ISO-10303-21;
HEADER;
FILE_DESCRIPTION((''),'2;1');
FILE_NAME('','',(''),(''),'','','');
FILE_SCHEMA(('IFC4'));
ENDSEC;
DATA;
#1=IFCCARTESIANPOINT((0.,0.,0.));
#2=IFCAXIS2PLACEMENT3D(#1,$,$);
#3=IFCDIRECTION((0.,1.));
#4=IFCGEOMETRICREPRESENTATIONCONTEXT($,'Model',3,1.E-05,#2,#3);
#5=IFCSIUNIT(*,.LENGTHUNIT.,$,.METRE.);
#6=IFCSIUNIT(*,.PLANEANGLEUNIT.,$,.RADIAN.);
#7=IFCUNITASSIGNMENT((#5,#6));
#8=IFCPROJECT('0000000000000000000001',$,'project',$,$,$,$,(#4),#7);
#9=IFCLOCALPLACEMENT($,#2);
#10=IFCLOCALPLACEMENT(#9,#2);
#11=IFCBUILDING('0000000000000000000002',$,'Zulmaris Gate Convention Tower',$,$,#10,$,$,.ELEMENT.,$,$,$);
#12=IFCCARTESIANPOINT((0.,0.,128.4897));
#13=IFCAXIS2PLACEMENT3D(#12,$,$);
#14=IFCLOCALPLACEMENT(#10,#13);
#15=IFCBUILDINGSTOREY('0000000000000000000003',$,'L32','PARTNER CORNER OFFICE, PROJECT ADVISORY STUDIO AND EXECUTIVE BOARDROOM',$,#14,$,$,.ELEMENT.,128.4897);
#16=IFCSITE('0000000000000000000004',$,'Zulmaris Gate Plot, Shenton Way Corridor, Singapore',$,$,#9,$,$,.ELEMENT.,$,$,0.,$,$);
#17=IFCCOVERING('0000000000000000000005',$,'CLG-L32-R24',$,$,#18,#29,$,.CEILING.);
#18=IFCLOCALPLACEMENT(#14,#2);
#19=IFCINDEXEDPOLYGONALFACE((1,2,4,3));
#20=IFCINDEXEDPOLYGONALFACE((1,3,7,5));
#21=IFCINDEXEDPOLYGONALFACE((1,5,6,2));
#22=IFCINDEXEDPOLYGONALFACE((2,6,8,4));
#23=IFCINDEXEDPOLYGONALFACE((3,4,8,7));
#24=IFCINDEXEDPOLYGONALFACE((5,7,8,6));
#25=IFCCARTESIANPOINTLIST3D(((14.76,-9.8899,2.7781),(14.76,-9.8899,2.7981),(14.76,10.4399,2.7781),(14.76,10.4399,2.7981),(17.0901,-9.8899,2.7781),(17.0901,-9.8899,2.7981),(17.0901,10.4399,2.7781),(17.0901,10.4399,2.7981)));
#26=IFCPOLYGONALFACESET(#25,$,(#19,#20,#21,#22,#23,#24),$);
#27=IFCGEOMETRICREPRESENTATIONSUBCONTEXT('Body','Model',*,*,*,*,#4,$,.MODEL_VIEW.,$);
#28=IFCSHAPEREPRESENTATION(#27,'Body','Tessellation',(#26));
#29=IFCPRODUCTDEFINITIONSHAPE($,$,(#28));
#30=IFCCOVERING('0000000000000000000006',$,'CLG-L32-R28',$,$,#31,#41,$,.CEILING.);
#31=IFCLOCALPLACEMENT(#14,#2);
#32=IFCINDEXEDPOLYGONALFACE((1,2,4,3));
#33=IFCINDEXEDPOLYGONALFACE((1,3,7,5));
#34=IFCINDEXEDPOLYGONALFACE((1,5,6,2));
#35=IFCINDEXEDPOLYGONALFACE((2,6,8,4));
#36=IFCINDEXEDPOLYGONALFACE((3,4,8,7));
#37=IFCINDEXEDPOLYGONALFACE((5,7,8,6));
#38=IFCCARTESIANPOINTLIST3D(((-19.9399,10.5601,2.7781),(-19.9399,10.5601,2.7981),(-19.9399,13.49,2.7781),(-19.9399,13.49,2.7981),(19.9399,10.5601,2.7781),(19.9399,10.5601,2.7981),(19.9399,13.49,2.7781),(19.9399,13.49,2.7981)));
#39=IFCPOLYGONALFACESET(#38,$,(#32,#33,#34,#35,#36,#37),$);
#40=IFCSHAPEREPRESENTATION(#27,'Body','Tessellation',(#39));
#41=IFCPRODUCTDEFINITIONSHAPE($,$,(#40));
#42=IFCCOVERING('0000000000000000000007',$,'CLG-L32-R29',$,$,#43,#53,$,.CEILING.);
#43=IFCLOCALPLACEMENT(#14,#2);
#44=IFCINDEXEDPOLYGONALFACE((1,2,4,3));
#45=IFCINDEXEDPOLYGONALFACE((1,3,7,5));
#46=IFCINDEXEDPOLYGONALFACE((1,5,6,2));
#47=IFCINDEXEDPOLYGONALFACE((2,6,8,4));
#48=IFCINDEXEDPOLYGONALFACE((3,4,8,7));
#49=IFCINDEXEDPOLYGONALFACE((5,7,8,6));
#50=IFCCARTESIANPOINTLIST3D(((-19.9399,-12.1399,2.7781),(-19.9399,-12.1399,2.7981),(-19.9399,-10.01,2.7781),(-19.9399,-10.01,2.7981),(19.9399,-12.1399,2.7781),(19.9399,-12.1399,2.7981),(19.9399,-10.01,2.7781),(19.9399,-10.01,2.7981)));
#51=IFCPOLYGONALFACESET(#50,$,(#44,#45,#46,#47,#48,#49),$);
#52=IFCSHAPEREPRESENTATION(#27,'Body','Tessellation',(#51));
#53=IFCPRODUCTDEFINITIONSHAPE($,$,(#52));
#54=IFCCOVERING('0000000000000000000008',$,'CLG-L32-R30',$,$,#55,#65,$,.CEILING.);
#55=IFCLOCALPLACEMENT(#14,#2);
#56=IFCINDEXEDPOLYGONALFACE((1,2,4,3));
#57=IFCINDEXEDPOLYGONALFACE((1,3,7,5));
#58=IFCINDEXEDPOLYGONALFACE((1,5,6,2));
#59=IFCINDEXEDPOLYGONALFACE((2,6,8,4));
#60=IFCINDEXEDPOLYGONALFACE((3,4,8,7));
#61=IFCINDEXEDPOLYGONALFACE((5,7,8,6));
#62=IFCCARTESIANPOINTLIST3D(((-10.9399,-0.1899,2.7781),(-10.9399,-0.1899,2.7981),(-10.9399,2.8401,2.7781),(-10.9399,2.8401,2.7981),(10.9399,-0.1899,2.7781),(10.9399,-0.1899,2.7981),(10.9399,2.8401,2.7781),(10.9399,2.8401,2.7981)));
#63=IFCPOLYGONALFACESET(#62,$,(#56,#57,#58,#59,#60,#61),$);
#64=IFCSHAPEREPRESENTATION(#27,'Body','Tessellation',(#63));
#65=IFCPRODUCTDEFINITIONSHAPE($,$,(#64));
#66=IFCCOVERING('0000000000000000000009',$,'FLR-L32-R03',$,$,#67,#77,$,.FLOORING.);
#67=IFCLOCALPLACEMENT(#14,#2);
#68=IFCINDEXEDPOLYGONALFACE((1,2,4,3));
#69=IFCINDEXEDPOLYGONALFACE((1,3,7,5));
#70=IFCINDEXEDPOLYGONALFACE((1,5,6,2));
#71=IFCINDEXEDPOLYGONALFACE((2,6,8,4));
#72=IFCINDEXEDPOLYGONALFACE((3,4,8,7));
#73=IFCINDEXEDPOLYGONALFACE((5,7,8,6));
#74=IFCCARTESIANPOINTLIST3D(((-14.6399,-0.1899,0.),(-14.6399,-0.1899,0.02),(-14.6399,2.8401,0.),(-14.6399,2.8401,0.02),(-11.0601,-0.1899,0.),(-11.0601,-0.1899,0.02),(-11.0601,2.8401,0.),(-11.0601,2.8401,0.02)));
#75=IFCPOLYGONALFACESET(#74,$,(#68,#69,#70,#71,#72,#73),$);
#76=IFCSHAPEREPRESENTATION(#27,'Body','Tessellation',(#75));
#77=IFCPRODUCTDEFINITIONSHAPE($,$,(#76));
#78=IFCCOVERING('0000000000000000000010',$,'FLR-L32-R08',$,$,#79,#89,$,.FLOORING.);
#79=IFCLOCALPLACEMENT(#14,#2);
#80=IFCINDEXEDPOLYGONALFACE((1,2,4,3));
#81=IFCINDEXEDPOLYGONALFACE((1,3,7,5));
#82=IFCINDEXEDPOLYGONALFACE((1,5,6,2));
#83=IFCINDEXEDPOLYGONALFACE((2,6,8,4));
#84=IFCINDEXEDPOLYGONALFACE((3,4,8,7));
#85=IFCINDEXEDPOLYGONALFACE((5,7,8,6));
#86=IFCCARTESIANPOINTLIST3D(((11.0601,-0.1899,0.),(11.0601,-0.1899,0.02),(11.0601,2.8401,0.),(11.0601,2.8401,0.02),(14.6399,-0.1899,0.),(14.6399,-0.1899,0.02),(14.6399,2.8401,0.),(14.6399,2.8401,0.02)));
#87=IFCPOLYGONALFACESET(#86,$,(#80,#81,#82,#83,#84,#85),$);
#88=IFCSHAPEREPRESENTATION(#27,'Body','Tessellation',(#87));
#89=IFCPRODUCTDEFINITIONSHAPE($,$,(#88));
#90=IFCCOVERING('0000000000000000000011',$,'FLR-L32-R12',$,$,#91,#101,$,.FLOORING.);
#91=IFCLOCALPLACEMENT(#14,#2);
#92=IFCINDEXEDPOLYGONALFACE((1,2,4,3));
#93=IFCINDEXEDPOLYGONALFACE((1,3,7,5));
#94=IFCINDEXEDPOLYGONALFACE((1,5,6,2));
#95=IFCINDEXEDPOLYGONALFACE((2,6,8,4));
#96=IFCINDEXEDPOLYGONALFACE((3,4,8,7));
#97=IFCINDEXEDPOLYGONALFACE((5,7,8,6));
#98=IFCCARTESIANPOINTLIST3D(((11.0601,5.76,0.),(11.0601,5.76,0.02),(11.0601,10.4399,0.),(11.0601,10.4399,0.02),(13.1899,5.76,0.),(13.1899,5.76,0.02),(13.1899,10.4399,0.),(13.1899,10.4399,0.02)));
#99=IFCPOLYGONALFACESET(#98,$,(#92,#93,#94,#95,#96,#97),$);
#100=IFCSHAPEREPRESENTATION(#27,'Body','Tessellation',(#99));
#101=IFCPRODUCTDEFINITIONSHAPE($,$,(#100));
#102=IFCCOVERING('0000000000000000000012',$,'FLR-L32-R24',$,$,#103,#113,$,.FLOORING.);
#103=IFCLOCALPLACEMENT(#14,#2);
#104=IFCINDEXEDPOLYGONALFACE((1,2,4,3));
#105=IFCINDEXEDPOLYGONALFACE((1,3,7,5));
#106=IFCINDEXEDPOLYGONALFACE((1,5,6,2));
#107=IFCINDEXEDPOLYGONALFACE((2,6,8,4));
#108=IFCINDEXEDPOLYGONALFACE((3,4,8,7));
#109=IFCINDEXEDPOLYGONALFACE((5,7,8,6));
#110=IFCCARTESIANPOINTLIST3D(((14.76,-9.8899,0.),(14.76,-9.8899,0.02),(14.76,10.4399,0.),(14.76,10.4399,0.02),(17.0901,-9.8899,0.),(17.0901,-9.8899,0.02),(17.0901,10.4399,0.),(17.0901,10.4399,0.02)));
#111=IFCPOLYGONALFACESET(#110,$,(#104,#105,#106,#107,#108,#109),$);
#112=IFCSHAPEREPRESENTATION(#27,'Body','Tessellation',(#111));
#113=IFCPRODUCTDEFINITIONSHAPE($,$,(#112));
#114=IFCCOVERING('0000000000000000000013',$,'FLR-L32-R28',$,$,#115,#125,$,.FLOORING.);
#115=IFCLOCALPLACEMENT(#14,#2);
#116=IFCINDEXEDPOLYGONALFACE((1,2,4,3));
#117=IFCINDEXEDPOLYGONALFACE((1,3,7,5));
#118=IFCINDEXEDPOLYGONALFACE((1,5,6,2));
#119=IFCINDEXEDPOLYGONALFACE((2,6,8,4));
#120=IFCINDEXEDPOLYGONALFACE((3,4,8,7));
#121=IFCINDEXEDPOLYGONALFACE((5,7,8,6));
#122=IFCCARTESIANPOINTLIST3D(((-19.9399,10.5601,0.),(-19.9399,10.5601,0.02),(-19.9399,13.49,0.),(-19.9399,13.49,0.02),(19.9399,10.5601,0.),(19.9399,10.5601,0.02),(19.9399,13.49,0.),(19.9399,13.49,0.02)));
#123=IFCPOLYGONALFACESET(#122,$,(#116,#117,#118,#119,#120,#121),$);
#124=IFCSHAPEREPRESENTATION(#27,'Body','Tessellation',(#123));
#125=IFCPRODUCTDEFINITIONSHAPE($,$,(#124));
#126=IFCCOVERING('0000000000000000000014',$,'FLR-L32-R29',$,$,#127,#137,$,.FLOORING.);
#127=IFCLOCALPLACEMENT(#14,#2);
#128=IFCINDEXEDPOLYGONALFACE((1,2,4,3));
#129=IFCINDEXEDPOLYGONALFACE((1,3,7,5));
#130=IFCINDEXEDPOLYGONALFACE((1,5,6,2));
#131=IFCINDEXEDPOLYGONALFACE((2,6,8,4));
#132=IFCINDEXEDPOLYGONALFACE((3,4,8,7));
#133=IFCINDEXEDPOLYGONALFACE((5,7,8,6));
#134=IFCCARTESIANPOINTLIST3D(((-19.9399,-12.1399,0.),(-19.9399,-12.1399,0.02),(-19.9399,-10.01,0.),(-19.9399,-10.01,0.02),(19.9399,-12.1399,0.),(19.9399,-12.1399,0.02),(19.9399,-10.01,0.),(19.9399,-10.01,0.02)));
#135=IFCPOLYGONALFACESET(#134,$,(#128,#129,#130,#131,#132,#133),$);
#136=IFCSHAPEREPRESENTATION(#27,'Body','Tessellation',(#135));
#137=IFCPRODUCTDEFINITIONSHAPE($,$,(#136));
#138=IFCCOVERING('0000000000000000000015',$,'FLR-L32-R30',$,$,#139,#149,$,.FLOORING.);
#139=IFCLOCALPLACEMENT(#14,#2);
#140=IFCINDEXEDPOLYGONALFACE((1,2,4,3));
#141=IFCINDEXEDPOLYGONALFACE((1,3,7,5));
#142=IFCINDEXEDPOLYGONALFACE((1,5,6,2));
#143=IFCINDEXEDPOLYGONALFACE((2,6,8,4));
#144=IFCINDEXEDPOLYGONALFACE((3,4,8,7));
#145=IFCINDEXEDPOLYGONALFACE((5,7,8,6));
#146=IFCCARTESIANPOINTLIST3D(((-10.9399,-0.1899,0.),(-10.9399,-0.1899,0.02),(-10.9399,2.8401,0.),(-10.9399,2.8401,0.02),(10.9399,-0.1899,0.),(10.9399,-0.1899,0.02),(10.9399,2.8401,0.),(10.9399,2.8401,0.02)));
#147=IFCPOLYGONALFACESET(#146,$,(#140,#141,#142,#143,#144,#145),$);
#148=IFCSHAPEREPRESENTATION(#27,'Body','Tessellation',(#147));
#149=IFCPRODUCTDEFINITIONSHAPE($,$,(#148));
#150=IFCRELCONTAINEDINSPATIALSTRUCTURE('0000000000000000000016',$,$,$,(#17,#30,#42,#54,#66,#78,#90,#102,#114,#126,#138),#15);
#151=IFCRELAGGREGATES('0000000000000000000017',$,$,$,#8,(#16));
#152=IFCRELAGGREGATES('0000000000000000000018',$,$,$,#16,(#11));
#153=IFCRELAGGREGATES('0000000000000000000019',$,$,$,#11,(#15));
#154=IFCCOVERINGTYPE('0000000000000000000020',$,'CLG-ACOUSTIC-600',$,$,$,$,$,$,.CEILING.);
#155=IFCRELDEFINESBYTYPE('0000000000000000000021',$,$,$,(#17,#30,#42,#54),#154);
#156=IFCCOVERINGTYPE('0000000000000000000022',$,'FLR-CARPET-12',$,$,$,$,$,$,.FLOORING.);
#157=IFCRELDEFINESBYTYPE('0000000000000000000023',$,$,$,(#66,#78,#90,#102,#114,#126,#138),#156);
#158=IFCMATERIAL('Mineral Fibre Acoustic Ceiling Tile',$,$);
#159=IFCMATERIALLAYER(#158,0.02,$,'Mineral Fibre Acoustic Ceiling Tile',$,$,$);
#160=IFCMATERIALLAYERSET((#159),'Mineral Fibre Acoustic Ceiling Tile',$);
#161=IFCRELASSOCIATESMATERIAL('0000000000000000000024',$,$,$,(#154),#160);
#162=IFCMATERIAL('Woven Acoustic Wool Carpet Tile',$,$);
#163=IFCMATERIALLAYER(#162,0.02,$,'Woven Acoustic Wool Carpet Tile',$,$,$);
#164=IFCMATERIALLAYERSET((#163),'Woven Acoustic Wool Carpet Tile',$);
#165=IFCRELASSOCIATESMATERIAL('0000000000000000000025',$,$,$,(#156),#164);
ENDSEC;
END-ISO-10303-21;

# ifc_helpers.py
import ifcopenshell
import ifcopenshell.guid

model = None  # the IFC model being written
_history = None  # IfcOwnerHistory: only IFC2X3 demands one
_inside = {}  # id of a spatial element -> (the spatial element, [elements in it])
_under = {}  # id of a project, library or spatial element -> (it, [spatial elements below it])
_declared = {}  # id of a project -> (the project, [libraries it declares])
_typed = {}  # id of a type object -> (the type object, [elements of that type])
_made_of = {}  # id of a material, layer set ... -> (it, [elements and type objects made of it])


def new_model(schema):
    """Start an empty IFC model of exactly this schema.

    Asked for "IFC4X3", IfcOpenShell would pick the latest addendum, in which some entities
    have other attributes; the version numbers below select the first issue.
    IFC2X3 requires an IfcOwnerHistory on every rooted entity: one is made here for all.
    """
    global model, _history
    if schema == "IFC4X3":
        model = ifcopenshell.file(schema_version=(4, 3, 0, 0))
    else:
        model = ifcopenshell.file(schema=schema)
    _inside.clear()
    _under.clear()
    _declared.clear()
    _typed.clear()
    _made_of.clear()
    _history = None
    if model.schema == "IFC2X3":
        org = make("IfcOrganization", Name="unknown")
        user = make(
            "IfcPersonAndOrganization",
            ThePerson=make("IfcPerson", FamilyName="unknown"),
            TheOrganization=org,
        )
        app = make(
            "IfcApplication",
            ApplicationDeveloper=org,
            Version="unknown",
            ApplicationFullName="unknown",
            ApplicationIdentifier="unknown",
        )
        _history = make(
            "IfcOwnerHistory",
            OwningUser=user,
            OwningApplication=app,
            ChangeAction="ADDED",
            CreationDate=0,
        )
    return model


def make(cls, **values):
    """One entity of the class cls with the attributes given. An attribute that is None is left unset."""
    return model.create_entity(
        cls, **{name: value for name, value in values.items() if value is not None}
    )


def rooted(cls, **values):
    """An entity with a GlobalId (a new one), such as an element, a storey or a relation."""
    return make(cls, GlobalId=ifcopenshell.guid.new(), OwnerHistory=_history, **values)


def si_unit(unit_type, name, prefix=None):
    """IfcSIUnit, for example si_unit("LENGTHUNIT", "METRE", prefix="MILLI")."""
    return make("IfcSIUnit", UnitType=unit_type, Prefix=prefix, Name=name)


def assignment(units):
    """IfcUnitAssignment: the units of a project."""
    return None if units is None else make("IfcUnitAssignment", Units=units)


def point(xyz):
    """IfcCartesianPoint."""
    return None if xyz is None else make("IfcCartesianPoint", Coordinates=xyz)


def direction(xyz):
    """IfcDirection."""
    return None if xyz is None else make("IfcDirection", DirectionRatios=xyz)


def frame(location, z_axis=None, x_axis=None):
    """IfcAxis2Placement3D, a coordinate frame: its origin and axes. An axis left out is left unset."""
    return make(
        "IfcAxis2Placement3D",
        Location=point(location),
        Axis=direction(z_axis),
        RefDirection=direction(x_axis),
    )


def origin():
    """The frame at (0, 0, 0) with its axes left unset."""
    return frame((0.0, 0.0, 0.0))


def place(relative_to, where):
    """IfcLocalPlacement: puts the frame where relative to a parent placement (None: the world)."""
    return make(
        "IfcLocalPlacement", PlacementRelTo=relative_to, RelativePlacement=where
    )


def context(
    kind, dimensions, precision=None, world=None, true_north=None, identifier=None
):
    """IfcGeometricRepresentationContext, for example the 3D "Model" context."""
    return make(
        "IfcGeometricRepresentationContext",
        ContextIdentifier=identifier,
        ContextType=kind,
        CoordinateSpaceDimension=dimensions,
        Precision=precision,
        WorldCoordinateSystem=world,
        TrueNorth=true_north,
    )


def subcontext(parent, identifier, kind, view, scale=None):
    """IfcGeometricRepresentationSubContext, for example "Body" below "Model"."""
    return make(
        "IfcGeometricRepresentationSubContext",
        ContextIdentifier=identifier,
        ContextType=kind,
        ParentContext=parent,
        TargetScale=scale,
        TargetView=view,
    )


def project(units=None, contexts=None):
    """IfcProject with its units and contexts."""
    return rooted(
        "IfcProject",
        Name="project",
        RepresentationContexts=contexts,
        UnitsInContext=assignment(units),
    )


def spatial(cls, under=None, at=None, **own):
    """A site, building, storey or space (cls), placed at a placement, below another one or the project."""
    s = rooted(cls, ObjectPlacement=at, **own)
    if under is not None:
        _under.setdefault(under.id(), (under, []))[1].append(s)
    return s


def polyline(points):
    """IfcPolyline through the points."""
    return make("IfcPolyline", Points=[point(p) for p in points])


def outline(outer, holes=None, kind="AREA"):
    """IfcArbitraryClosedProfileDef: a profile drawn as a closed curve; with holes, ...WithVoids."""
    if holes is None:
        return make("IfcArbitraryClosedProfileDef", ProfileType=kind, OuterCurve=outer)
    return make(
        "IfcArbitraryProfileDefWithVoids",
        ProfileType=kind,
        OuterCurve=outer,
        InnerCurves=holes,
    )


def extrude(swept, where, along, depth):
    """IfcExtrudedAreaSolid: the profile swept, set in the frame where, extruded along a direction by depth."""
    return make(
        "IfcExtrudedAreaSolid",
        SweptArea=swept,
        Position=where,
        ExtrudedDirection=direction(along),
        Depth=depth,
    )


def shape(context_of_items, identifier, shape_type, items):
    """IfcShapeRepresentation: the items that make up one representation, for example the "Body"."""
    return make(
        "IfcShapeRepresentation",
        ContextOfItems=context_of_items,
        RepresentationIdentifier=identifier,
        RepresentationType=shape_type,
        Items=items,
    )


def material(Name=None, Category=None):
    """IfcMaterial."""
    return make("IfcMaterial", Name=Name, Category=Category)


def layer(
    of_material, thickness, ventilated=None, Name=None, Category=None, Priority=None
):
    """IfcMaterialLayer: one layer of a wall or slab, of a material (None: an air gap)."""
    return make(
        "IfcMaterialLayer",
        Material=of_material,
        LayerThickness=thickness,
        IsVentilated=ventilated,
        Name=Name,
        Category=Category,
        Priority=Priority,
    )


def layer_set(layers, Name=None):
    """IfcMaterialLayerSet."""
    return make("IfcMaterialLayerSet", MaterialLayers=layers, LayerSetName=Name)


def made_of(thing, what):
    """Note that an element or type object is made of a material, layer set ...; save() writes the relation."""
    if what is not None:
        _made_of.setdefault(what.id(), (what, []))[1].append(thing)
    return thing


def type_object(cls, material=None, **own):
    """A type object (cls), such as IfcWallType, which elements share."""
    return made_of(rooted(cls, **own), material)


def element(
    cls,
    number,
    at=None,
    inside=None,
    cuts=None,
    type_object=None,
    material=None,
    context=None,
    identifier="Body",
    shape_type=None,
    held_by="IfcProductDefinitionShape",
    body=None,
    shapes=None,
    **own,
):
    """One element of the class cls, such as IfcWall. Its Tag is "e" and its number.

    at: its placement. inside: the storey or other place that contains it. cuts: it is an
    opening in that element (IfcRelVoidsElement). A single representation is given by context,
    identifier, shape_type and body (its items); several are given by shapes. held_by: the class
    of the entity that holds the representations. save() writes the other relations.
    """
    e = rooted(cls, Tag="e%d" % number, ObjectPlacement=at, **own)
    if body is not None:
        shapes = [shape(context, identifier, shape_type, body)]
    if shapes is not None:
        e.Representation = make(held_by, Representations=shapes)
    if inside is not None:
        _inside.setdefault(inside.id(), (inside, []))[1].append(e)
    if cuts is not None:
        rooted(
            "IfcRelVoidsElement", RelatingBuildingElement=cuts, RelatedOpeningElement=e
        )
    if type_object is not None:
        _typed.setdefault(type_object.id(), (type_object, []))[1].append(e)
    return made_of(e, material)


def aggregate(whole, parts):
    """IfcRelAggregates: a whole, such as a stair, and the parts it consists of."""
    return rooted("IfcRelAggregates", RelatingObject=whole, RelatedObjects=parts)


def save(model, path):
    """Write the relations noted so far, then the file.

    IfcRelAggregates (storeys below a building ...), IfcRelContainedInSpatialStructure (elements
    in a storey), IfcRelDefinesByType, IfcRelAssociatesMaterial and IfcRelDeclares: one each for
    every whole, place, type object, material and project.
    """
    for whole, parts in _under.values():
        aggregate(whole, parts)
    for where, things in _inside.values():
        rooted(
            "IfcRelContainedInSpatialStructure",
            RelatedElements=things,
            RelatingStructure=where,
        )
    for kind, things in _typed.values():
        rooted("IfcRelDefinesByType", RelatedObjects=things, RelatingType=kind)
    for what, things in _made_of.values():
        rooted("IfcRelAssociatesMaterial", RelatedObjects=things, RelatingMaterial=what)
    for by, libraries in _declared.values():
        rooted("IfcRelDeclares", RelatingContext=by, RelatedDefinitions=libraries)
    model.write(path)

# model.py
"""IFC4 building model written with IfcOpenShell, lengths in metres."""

from ifc_helpers import new_model, si_unit, direction, frame, origin, place, context, subcontext, project, spatial, polyline, outline, extrude, material, layer, layer_set, type_object, element, save


model = new_model("IFC4")

# Units and contexts
model_context = context("Model", 3, precision=1e-05, world=origin(), true_north=direction((0.0, 1.0)))
body_context = subcontext(model_context, "Body", "Model", "MODEL_VIEW")
ifc_project = project(units=[si_unit("LENGTHUNIT", "METRE"), si_unit("PLANEANGLEUNIT", "RADIAN")], contexts=[model_context])

# Site, building, storey
site_placement = place(None, origin())
site = spatial("IfcSite", under=ifc_project, at=site_placement, Name="Zulmaris Gate Plot, Shenton Way Corridor, Singapore", CompositionType="ELEMENT", RefElevation=0.0)
building_placement = place(site_placement, origin())
building = spatial("IfcBuilding", under=site, at=building_placement, Name="Zulmaris Gate Convention Tower", CompositionType="ELEMENT")
storey_placement = place(building_placement, frame((0.0, 0.0, 128.4897)))
storey = spatial("IfcBuildingStorey", under=building, at=storey_placement, Name="L32", Description="PARTNER CORNER OFFICE, PROJECT ADVISORY STUDIO AND EXECUTIVE BOARDROOM", CompositionType="ELEMENT", Elevation=128.4897)

# Coverings
ifc_material_1 = material(Name="Mineral Fibre Acoustic Ceiling Tile")
ifc_layer_1 = layer(ifc_material_1, 0.02, Name="Mineral Fibre Acoustic Ceiling Tile")
ifc_layer_set_1 = layer_set([ifc_layer_1], Name="Mineral Fibre Acoustic Ceiling Tile")
covering_type_1 = type_object("IfcCoveringType", Name="CLG-ACOUSTIC-600", PredefinedType="CEILING", material=ifc_layer_set_1)
covering_1_placement = place(storey_placement, frame((0.0, 0.0, 2.7781)))
element("IfcCovering", 1, at=covering_1_placement, inside=storey, type_object=covering_type_1, Name="CLG-L32-R24", PredefinedType="CEILING", context=body_context, shape_type="SweptSolid", body=[
    extrude(outline(polyline([(14.76, -9.8899), (17.0901, -9.8899), (17.0901, 10.4399), (14.76, 10.4399), (14.76, -9.8899)])), origin(), (0.0, 0.0, 1.0), 0.02),
])
covering_2_placement = place(storey_placement, frame((0.0, 0.0, 2.7781)))
element("IfcCovering", 2, at=covering_2_placement, inside=storey, type_object=covering_type_1, Name="CLG-L32-R28", PredefinedType="CEILING", context=body_context, shape_type="SweptSolid", body=[
    extrude(outline(polyline([(-19.9399, 10.5601), (19.9399, 10.5601), (19.9399, 13.49), (-19.9399, 13.49), (-19.9399, 10.5601)])), origin(), (0.0, 0.0, 1.0), 0.02),
])
covering_3_placement = place(storey_placement, frame((0.0, 0.0, 2.7781)))
element("IfcCovering", 3, at=covering_3_placement, inside=storey, type_object=covering_type_1, Name="CLG-L32-R29", PredefinedType="CEILING", context=body_context, shape_type="SweptSolid", body=[
    extrude(outline(polyline([(-19.9399, -12.1399), (19.9399, -12.1399), (19.9399, -10.01), (-19.9399, -10.01), (-19.9399, -12.1399)])), origin(), (0.0, 0.0, 1.0), 0.02),
])
covering_4_placement = place(storey_placement, frame((0.0, 0.0, 2.7781)))
element("IfcCovering", 4, at=covering_4_placement, inside=storey, type_object=covering_type_1, Name="CLG-L32-R30", PredefinedType="CEILING", context=body_context, shape_type="SweptSolid", body=[
    extrude(outline(polyline([(-10.9399, -0.1899), (10.9399, -0.1899), (10.9399, 2.8401), (-10.9399, 2.8401), (-10.9399, -0.1899)])), origin(), (0.0, 0.0, 1.0), 0.02),
])
ifc_material_2 = material(Name="Woven Acoustic Wool Carpet Tile")
ifc_layer_2 = layer(ifc_material_2, 0.02, Name="Woven Acoustic Wool Carpet Tile")
ifc_layer_set_2 = layer_set([ifc_layer_2], Name="Woven Acoustic Wool Carpet Tile")
covering_type_2 = type_object("IfcCoveringType", Name="FLR-CARPET-12", PredefinedType="FLOORING", material=ifc_layer_set_2)
covering_5_placement = place(storey_placement, origin())
element("IfcCovering", 5, at=covering_5_placement, inside=storey, type_object=covering_type_2, Name="FLR-L32-R03", PredefinedType="FLOORING", context=body_context, shape_type="SweptSolid", body=[
    extrude(outline(polyline([(-14.6399, -0.1899), (-11.0601, -0.1899), (-11.0601, 2.8401), (-14.6399, 2.8401), (-14.6399, -0.1899)])), origin(), (0.0, 0.0, 1.0), 0.02),
])
covering_6_placement = place(storey_placement, origin())
element("IfcCovering", 6, at=covering_6_placement, inside=storey, type_object=covering_type_2, Name="FLR-L32-R08", PredefinedType="FLOORING", context=body_context, shape_type="SweptSolid", body=[
    extrude(outline(polyline([(11.0601, -0.1899), (14.6399, -0.1899), (14.6399, 2.8401), (11.0601, 2.8401), (11.0601, -0.1899)])), origin(), (0.0, 0.0, 1.0), 0.02),
])
covering_7_placement = place(storey_placement, origin())
element("IfcCovering", 7, at=covering_7_placement, inside=storey, type_object=covering_type_2, Name="FLR-L32-R12", PredefinedType="FLOORING", context=body_context, shape_type="SweptSolid", body=[
    extrude(outline(polyline([(11.0601, 5.76), (13.1899, 5.76), (13.1899, 10.4399), (11.0601, 10.4399), (11.0601, 5.76)])), origin(), (0.0, 0.0, 1.0), 0.02),
])
covering_8_placement = place(storey_placement, origin())
element("IfcCovering", 8, at=covering_8_placement, inside=storey, type_object=covering_type_2, Name="FLR-L32-R24", PredefinedType="FLOORING", context=body_context, shape_type="SweptSolid", body=[
    extrude(outline(polyline([(14.76, -9.8899), (17.0901, -9.8899), (17.0901, 10.4399), (14.76, 10.4399), (14.76, -9.8899)])), origin(), (0.0, 0.0, 1.0), 0.02),
])
covering_9_placement = place(storey_placement, origin())
element("IfcCovering", 9, at=covering_9_placement, inside=storey, type_object=covering_type_2, Name="FLR-L32-R28", PredefinedType="FLOORING", context=body_context, shape_type="SweptSolid", body=[
    extrude(outline(polyline([(-19.9399, 10.5601), (19.9399, 10.5601), (19.9399, 13.49), (-19.9399, 13.49), (-19.9399, 10.5601)])), origin(), (0.0, 0.0, 1.0), 0.02),
])
covering_10_placement = place(storey_placement, origin())
element("IfcCovering", 10, at=covering_10_placement, inside=storey, type_object=covering_type_2, Name="FLR-L32-R29", PredefinedType="FLOORING", context=body_context, shape_type="SweptSolid", body=[
    extrude(outline(polyline([(-19.9399, -12.1399), (19.9399, -12.1399), (19.9399, -10.01), (-19.9399, -10.01), (-19.9399, -12.1399)])), origin(), (0.0, 0.0, 1.0), 0.02),
])
covering_11_placement = place(storey_placement, origin())
element("IfcCovering", 11, at=covering_11_placement, inside=storey, type_object=covering_type_2, Name="FLR-L32-R30", PredefinedType="FLOORING", context=body_context, shape_type="SweptSolid", body=[
    extrude(outline(polyline([(-10.9399, -0.1899), (10.9399, -0.1899), (10.9399, 2.8401), (-10.9399, 2.8401), (-10.9399, -0.1899)])), origin(), (0.0, 0.0, 1.0), 0.02),
])

save(model, "model.ifc")
